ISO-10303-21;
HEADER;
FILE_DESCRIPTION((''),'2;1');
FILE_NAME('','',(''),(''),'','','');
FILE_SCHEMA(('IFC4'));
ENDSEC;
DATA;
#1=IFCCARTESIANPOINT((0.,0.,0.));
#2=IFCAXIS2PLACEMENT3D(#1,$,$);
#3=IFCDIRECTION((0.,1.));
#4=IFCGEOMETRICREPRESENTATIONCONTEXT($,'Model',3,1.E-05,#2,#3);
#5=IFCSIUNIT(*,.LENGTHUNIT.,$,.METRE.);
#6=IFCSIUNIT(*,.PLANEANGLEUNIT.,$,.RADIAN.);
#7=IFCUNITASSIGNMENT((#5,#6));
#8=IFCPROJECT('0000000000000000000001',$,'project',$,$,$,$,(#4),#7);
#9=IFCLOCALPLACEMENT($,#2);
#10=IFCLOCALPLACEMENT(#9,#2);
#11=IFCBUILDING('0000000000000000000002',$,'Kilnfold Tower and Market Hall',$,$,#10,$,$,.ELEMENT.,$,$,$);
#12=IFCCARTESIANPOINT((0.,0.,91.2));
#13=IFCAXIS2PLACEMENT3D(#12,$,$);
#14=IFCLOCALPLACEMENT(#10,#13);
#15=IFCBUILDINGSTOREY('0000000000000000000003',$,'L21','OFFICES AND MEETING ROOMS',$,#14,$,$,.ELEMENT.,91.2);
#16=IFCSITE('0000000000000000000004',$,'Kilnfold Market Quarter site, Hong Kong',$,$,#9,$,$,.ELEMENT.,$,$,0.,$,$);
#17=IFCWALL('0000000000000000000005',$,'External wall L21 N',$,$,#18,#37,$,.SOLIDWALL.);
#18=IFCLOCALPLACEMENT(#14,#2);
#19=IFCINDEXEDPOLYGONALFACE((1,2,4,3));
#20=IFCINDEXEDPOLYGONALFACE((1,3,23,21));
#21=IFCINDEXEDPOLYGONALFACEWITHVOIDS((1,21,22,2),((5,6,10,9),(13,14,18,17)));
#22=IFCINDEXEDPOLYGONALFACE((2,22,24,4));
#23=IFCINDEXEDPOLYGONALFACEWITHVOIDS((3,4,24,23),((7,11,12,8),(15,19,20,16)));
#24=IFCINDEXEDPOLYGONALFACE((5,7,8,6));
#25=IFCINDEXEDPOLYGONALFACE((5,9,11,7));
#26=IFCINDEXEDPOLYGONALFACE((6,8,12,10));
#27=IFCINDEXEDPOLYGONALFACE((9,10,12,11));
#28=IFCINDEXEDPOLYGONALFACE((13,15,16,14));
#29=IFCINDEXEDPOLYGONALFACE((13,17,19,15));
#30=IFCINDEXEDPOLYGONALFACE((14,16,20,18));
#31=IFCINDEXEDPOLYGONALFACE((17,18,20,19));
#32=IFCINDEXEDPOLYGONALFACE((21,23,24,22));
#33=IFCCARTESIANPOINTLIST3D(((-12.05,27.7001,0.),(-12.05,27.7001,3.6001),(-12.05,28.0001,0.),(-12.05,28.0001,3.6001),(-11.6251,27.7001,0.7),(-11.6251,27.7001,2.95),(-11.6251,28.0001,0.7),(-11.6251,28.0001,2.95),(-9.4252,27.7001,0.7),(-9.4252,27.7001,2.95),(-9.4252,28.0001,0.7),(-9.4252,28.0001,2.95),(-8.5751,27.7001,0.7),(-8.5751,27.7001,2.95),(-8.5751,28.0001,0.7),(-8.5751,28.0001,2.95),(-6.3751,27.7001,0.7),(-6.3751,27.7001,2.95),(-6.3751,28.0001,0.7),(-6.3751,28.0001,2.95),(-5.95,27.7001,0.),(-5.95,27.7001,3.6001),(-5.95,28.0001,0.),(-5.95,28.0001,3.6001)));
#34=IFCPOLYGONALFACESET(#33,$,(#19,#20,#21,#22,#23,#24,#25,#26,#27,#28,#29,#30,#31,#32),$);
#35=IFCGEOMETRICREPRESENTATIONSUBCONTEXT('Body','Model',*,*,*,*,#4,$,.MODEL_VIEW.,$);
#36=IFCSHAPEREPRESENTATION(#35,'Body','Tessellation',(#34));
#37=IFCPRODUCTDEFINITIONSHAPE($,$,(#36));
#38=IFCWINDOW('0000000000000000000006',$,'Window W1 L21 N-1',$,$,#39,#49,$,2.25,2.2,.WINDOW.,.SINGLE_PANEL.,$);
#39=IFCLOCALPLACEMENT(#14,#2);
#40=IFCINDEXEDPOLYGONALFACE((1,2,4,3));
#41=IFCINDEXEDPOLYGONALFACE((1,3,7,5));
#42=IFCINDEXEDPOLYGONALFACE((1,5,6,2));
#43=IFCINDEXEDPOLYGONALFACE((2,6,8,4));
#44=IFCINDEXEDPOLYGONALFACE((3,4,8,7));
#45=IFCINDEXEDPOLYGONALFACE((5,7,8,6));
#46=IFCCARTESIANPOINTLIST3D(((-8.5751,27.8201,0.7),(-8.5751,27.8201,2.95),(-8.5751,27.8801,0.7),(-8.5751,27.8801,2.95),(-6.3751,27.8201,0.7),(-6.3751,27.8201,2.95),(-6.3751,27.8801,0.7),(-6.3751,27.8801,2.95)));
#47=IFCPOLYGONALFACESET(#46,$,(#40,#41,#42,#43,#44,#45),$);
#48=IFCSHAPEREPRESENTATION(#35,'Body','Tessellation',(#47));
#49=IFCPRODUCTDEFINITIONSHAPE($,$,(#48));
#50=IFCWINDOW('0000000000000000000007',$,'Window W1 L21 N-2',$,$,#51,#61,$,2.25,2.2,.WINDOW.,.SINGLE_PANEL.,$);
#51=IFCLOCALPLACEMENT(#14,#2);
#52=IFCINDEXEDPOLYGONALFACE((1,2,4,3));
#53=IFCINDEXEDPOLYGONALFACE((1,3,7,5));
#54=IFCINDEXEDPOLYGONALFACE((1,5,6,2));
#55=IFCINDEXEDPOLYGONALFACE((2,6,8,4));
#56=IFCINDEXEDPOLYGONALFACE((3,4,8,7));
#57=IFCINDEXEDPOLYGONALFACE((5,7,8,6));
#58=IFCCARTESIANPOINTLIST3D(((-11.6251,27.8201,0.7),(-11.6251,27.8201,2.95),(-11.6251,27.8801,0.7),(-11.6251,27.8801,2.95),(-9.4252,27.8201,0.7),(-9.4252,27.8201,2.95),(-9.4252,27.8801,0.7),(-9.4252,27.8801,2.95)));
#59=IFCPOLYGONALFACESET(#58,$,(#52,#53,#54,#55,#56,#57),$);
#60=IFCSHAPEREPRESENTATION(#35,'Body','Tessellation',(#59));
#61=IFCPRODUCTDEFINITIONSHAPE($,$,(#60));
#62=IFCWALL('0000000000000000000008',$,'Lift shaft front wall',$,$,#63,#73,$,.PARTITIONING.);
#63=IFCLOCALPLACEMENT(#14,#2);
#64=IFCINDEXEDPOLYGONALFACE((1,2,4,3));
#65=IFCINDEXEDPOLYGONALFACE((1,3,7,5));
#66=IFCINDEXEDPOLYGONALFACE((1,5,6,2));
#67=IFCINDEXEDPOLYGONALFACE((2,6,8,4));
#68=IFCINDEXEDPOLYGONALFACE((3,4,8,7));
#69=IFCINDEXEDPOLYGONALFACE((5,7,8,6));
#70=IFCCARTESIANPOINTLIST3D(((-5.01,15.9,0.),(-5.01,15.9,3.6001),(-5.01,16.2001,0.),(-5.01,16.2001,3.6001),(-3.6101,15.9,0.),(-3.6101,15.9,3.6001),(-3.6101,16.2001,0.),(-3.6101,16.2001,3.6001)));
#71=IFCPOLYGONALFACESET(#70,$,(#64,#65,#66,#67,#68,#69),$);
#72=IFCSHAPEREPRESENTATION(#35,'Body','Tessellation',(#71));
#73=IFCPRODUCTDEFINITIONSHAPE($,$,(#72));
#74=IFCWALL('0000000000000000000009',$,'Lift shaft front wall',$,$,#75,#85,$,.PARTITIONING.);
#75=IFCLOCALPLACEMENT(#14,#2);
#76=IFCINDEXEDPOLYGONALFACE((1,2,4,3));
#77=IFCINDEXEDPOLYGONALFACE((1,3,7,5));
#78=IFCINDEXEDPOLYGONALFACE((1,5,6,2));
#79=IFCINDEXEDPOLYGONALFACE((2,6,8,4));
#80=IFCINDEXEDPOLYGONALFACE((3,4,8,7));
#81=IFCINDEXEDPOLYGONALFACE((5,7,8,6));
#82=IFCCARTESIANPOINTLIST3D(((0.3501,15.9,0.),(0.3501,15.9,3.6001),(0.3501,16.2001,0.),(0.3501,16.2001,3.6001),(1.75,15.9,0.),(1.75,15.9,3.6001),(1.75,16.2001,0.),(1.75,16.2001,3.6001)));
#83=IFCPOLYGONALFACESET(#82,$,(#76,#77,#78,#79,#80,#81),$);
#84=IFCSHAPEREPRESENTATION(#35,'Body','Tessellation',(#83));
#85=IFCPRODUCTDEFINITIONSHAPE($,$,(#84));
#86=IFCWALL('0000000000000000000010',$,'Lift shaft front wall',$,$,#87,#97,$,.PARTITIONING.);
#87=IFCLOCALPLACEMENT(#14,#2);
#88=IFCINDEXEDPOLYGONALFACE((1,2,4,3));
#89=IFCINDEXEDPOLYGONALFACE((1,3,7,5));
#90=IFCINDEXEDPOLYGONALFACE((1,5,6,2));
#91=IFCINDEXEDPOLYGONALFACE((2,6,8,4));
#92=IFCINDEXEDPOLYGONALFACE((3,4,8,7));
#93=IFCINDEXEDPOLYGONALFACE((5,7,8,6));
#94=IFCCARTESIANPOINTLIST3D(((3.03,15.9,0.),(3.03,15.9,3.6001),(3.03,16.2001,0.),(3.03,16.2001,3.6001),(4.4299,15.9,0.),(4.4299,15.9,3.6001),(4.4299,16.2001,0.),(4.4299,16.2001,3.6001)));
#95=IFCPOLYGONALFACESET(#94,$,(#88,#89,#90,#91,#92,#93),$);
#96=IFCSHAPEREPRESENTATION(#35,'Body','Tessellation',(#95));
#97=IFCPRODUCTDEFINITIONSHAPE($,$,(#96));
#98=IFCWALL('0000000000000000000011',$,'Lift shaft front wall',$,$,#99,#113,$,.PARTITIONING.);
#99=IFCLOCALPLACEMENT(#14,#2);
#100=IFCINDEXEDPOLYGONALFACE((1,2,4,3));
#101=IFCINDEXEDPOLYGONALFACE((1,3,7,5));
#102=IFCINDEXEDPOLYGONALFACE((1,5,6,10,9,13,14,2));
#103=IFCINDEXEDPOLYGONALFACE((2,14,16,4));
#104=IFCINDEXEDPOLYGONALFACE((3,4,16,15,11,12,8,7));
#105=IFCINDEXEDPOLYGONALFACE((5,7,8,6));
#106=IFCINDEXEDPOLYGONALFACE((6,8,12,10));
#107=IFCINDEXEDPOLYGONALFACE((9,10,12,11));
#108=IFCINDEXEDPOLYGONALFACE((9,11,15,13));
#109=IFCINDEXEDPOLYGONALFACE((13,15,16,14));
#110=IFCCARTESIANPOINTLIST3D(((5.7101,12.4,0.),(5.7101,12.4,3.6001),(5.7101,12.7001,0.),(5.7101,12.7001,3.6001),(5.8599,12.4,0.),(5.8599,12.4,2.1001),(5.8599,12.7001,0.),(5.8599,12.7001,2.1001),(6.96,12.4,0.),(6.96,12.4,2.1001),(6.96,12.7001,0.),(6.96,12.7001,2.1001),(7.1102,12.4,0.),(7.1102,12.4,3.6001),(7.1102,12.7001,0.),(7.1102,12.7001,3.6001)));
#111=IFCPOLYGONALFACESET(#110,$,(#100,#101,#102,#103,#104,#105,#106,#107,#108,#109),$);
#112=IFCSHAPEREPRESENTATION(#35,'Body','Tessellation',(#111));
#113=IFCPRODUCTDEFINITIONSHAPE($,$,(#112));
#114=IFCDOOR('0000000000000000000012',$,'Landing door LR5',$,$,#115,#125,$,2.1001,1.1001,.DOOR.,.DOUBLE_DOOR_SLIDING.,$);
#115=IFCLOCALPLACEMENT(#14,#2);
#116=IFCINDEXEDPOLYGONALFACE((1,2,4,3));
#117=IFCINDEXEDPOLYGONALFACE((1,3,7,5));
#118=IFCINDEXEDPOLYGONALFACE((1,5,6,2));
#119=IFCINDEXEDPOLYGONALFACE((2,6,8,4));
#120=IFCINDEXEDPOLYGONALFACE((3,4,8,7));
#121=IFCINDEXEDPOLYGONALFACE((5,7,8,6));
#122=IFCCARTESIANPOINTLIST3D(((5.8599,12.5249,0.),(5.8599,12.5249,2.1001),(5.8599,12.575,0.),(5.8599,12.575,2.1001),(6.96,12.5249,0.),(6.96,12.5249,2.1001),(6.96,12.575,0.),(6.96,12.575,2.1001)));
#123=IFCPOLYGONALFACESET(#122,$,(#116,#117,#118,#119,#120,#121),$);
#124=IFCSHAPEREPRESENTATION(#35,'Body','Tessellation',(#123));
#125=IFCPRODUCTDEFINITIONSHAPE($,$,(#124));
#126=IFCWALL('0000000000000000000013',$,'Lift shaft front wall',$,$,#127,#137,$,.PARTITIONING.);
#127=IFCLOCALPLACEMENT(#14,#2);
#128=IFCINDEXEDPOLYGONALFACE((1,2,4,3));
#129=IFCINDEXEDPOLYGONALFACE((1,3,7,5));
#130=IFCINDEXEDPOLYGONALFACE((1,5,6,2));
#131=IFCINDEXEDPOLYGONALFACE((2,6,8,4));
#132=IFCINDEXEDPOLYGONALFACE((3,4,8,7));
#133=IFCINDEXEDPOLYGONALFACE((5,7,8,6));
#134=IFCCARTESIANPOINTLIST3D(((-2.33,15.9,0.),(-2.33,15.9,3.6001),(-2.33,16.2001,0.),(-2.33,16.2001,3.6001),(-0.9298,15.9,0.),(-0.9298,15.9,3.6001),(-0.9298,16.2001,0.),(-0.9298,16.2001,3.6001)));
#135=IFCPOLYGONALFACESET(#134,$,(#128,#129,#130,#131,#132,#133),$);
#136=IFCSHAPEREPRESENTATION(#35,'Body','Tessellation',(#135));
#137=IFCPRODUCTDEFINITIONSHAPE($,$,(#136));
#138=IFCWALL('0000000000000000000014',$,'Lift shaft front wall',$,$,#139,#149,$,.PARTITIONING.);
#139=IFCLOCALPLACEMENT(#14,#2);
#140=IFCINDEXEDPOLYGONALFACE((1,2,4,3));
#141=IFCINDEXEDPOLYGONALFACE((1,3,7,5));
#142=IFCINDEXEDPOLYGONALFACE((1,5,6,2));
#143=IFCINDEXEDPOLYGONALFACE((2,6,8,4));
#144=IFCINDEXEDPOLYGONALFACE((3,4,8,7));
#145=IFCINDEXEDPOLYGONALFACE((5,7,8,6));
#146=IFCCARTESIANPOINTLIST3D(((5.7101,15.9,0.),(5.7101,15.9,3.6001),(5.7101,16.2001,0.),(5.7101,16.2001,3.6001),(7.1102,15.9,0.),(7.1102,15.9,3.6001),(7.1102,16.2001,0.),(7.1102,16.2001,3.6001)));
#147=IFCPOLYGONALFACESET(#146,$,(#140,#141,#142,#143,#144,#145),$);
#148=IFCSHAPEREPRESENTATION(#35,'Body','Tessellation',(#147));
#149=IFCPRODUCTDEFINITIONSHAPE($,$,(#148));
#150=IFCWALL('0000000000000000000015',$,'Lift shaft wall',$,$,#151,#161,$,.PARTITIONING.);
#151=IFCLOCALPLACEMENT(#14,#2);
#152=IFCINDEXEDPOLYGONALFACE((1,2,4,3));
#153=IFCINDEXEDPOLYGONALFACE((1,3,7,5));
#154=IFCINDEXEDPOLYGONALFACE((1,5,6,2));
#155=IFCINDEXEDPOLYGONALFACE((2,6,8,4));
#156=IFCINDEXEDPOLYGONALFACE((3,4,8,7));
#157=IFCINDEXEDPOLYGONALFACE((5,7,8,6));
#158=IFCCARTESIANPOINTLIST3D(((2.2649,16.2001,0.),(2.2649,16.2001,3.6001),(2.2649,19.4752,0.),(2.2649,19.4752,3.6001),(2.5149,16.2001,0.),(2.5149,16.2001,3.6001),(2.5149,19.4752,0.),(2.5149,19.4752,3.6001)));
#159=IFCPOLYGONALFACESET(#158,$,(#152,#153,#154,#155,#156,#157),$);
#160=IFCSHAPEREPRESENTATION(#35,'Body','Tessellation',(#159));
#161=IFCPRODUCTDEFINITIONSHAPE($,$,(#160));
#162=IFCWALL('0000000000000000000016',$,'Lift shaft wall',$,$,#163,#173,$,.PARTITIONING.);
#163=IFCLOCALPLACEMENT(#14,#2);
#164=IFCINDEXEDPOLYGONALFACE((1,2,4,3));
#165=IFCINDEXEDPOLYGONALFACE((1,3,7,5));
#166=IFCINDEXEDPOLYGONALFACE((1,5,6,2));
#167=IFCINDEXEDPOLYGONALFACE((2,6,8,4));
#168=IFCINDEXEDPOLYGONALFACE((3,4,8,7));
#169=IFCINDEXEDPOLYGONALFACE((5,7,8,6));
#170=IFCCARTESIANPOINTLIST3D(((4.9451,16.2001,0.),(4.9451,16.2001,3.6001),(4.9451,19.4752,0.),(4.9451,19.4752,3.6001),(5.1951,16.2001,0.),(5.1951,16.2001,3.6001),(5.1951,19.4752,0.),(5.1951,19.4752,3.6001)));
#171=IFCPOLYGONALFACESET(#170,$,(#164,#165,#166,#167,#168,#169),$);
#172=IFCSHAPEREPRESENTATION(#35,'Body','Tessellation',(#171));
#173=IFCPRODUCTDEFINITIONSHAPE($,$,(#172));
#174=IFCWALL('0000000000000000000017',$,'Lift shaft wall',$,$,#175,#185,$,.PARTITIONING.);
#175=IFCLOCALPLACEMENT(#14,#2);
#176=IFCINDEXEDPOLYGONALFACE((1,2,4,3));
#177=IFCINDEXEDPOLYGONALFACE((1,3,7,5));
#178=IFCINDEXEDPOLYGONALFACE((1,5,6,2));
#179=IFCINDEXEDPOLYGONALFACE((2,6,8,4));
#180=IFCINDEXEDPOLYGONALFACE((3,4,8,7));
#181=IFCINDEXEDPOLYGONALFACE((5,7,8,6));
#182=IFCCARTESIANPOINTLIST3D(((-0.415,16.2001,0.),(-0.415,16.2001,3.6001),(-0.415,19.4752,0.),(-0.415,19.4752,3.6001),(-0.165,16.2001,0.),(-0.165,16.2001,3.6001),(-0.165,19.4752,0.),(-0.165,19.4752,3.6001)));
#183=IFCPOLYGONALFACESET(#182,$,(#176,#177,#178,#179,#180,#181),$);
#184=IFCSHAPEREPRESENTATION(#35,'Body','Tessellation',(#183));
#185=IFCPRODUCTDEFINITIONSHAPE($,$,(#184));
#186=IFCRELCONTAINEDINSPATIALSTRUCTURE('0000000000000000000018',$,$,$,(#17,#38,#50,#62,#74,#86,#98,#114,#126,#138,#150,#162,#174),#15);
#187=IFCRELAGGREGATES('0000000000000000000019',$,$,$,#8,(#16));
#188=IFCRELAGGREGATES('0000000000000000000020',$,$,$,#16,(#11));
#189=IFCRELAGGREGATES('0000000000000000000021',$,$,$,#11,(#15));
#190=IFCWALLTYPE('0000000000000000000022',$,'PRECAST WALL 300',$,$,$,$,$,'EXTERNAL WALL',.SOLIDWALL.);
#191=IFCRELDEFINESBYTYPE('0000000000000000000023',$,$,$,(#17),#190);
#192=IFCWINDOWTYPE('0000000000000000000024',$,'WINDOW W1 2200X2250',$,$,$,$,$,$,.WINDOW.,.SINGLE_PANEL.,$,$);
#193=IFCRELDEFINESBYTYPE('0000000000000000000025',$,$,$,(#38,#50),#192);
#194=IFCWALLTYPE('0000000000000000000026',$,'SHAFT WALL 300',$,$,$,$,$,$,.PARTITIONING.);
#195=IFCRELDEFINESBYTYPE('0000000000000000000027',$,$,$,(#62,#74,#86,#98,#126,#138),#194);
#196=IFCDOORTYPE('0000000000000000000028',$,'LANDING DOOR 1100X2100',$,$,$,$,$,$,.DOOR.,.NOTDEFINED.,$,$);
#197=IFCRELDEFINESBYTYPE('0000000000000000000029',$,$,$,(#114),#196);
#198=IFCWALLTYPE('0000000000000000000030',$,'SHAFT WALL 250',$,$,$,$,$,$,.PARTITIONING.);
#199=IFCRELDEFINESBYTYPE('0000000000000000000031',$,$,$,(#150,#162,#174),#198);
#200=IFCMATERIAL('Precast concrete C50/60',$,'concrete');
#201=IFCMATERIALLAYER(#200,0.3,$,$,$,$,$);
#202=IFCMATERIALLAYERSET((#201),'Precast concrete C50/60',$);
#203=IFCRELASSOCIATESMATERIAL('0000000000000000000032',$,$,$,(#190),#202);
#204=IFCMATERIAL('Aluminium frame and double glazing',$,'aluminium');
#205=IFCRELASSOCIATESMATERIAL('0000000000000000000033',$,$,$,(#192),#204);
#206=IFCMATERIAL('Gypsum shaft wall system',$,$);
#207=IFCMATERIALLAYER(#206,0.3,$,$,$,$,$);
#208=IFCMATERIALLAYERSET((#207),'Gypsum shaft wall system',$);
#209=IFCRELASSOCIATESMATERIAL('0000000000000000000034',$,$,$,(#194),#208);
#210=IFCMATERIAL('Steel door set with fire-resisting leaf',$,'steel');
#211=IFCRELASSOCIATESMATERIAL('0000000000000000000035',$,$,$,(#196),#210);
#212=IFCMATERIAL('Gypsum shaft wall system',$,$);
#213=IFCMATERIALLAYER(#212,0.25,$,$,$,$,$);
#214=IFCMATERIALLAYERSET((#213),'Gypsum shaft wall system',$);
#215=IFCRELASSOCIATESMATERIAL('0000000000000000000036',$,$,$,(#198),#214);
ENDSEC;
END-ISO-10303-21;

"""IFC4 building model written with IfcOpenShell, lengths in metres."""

from ifc_helpers import new_model, si_unit, direction, frame, frame_2d, origin, place, context, subcontext, project, spatial, rectangle, extrude, source, transform, mapped, material, layer, layer_set, type_object, element, fill, save


model = new_model("IFC4")

# Units and contexts
model_context = context("Model", 3, precision=1e-05, world=origin(), true_north=direction((0.0, 1.0)))
body_context = subcontext(model_context, "Body", "Model", "MODEL_VIEW")
ifc_project = project(units=[si_unit("LENGTHUNIT", "METRE"), si_unit("PLANEANGLEUNIT", "RADIAN")], contexts=[model_context])

# Site, building, storey
site_placement = place(None, origin())
site = spatial("IfcSite", under=ifc_project, at=site_placement, Name="Kilnfold Market Quarter site, Hong Kong", CompositionType="ELEMENT", RefElevation=0.0)
building_placement = place(site_placement, origin())
building = spatial("IfcBuilding", under=site, at=building_placement, Name="Kilnfold Tower and Market Hall", CompositionType="ELEMENT")
storey_placement = place(building_placement, frame((0.0, 0.0, 91.2)))
storey = spatial("IfcBuildingStorey", under=building, at=storey_placement, Name="L21", Description="OFFICES AND MEETING ROOMS", CompositionType="ELEMENT", Elevation=91.2)

# Wall, openings, windows
ifc_material_1 = material(Name="Precast concrete C50/60", Category="concrete")
ifc_layer_1 = layer(ifc_material_1, 0.3)
ifc_layer_set_1 = layer_set([ifc_layer_1], Name="Precast concrete C50/60")
wall_type_1 = type_object("IfcWallType", Name="PRECAST WALL 300", ElementType="EXTERNAL WALL", PredefinedType="SOLIDWALL", material=ifc_layer_set_1)
shared_shape_1 = source(origin(), body_context, "Body", "SweptSolid", [
    extrude(rectangle(XDim=6.1001, YDim=0.3, at=frame_2d((3.05, 0.0))), origin(), (0.0, 0.0, 1.0), 3.6001),
])
ifc_material_2 = material(Name="Aluminium frame and double glazing", Category="aluminium")
window_type = type_object("IfcWindowType", Name="WINDOW W1 2200X2250", PartitioningType="SINGLE_PANEL", PredefinedType="WINDOW", material=ifc_material_2)
wall_1_placement = place(storey_placement, frame((-5.95, 27.8501, 0.0), z_axis=(0.0, 0.0, 1.0), x_axis=(-1.0, 0.0, 0.0)))
wall_1 = element("IfcWall", 1, at=wall_1_placement, inside=storey, type_object=wall_type_1, Name="External wall L21 N", PredefinedType="SOLIDWALL", context=body_context, shape_type="MappedRepresentation", body=[
    mapped(shared_shape_1, transform((0.0, 0.0, 0.0))),
])
opening_1_placement = place(wall_1_placement, frame((0.425, 0.0, 0.7)))
opening_1 = element("IfcOpeningElement", 2, at=opening_1_placement, cuts=wall_1, PredefinedType="OPENING", context=body_context, shape_type="SweptSolid", body=[
    extrude(rectangle(XDim=2.2, YDim=2.25, at=frame_2d((1.1001, 1.125))), frame((0.0, 0.1602, 0.0), z_axis=(0.0, -1.0, 0.0), x_axis=(1.0, 0.0, 0.0)), (0.0, 0.0, 1.0), 0.3201),
])
opening_2_placement = place(wall_1_placement, frame((3.4751, 0.0, 0.7)))
opening_2 = element("IfcOpeningElement", 3, at=opening_2_placement, cuts=wall_1, PredefinedType="OPENING", context=body_context, shape_type="SweptSolid", body=[
    extrude(rectangle(XDim=2.2, YDim=2.25, at=frame_2d((1.1001, 1.125))), frame((0.0, 0.1602, 0.0), z_axis=(0.0, -1.0, 0.0), x_axis=(1.0, 0.0, 0.0)), (0.0, 0.0, 1.0), 0.3201),
])
window_1_placement = place(opening_1_placement, origin())
window_1 = element("IfcWindow", 4, at=window_1_placement, inside=storey, type_object=window_type, Name="Window W1 L21 N-1", OverallHeight=2.25, OverallWidth=2.2, PartitioningType="SINGLE_PANEL", PredefinedType="WINDOW", context=body_context, shape_type="SweptSolid", body=[
    extrude(rectangle(XDim=2.2, YDim=2.25, at=frame_2d((1.1001, 1.125))), frame((0.0, 0.03, 0.0), z_axis=(0.0, -1.0, 0.0), x_axis=(1.0, 0.0, 0.0)), (0.0, 0.0, 1.0), 0.0601),
])
fill(opening_1, window_1)
window_2_placement = place(opening_2_placement, origin())
window_2 = element("IfcWindow", 5, at=window_2_placement, inside=storey, type_object=window_type, Name="Window W1 L21 N-2", OverallHeight=2.25, OverallWidth=2.2, PartitioningType="SINGLE_PANEL", PredefinedType="WINDOW", context=body_context, shape_type="SweptSolid", body=[
    extrude(rectangle(XDim=2.2, YDim=2.25, at=frame_2d((1.1001, 1.125))), frame((0.0, 0.03, 0.0), z_axis=(0.0, -1.0, 0.0), x_axis=(1.0, 0.0, 0.0)), (0.0, 0.0, 1.0), 0.0601),
])
fill(opening_2, window_2)

# Walls
ifc_material_3 = material(Name="Gypsum shaft wall system")
ifc_layer_2 = layer(ifc_material_3, 0.3)
ifc_layer_set_2 = layer_set([ifc_layer_2], Name="Gypsum shaft wall system")
wall_type_2 = type_object("IfcWallType", Name="SHAFT WALL 300", PredefinedType="PARTITIONING", material=ifc_layer_set_2)
shared_shape_2 = source(origin(), body_context, "Body", "SweptSolid", [
    extrude(rectangle(XDim=1.3999, YDim=0.3, at=frame_2d((0.7, 0.0))), origin(), (0.0, 0.0, 1.0), 3.6001),
])
for number, where, z_axis, x_axis, name in (
    (6, (-5.01, 16.05, 0.0), (0.0, 0.0, 1.0), (1.0, 0.0, 0.0), "Lift shaft front wall"),
    (7, (0.3501, 16.05, 0.0), (0.0, 0.0, 1.0), (1.0, 0.0, 0.0), "Lift shaft front wall"),
    (8, (3.03, 16.05, 0.0), (0.0, 0.0, 1.0), (1.0, 0.0, 0.0), "Lift shaft front wall"),
):
    element("IfcWall", number, at=place(storey_placement, frame(where, z_axis=z_axis, x_axis=x_axis)), inside=storey, type_object=wall_type_2, Name=name, PredefinedType="PARTITIONING", context=body_context, shape_type="MappedRepresentation", body=[
        mapped(shared_shape_2, transform((0.0, 0.0, 0.0))),
    ])

# Wall, opening, door
shared_shape_3 = source(origin(), body_context, "Body", "SweptSolid", [
    extrude(rectangle(XDim=1.4001, YDim=0.3, at=frame_2d((0.7002, 0.0))), origin(), (0.0, 0.0, 1.0), 3.6001),
])
wall_2_placement = place(storey_placement, frame((5.71, 12.55, 0.0), z_axis=(0.0, 0.0, 1.0), x_axis=(1.0, 0.0, 0.0)))
wall_2 = element("IfcWall", 9, at=wall_2_placement, inside=storey, type_object=wall_type_2, Name="Lift shaft front wall", PredefinedType="PARTITIONING", context=body_context, shape_type="MappedRepresentation", body=[
    mapped(shared_shape_3, transform((0.0, 0.0, 0.0))),
])
opening_3_placement = place(wall_2_placement, frame((0.1499, 0.0, 0.0)))
opening_3 = element("IfcOpeningElement", 10, at=opening_3_placement, cuts=wall_2, PredefinedType="OPENING", context=body_context, shape_type="SweptSolid", body=[
    extrude(rectangle(XDim=1.1001, YDim=2.1001, at=frame_2d((0.55, 1.05))), frame((0.0, 0.1602, 0.0), z_axis=(0.0, -1.0, 0.0), x_axis=(1.0, 0.0, 0.0)), (0.0, 0.0, 1.0), 0.3201),
])
ifc_material_4 = material(Name="Steel door set with fire-resisting leaf", Category="steel")
door_type = type_object("IfcDoorType", Name="LANDING DOOR 1100X2100", OperationType="NOTDEFINED", PredefinedType="DOOR", material=ifc_material_4)
door_placement = place(opening_3_placement, origin())
door = element("IfcDoor", 11, at=door_placement, inside=storey, type_object=door_type, Name="Landing door LR5", OperationType="DOUBLE_DOOR_SLIDING", OverallHeight=2.1001, OverallWidth=1.1001, PredefinedType="DOOR", context=body_context, shape_type="SweptSolid", body=[
    extrude(rectangle(XDim=1.1001, YDim=2.1001, at=frame_2d((0.55, 1.05))), frame((0.0, 0.0249, 0.0), z_axis=(0.0, -1.0, 0.0), x_axis=(1.0, 0.0, 0.0)), (0.0, 0.0, 1.0), 0.05),
])
fill(opening_3, door)

# Walls
for number, where, z_axis, x_axis, name in (
    (12, (-2.3301, 16.05, 0.0), (0.0, 0.0, 1.0), (1.0, 0.0, 0.0), "Lift shaft front wall"),
    (13, (5.71, 16.05, 0.0), (0.0, 0.0, 1.0), (1.0, 0.0, 0.0), "Lift shaft front wall"),
):
    element("IfcWall", number, at=place(storey_placement, frame(where, z_axis=z_axis, x_axis=x_axis)), inside=storey, type_object=wall_type_2, Name=name, PredefinedType="PARTITIONING", context=body_context, shape_type="MappedRepresentation", body=[
        mapped(shared_shape_3, transform((0.0, 0.0, 0.0))),
    ])
ifc_material_5 = material(Name="Gypsum shaft wall system")
ifc_layer_3 = layer(ifc_material_5, 0.25)
ifc_layer_set_3 = layer_set([ifc_layer_3], Name="Gypsum shaft wall system")
wall_type_3 = type_object("IfcWallType", Name="SHAFT WALL 250", PredefinedType="PARTITIONING", material=ifc_layer_set_3)
shared_shape_4 = source(origin(), body_context, "Body", "SweptSolid", [
    extrude(rectangle(XDim=3.2751, YDim=0.25, at=frame_2d((1.6377, 0.0))), origin(), (0.0, 0.0, 1.0), 3.6001),
])
for number, where, z_axis, x_axis, name in (
    (14, (2.3899, 16.2, 0.0), (0.0, 0.0, 1.0), (0.0, 1.0, 0.0), "Lift shaft wall"),
    (15, (5.0701, 16.2, 0.0), (0.0, 0.0, 1.0), (0.0, 1.0, 0.0), "Lift shaft wall"),
    (16, (-0.29, 16.2, 0.0), (0.0, 0.0, 1.0), (0.0, 1.0, 0.0), "Lift shaft wall"),
):
    element("IfcWall", number, at=place(storey_placement, frame(where, z_axis=z_axis, x_axis=x_axis)), inside=storey, type_object=wall_type_3, Name=name, PredefinedType="PARTITIONING", context=body_context, shape_type="MappedRepresentation", body=[
        mapped(shared_shape_4, transform((0.0, 0.0, 0.0))),
    ])

save(model, "model.ifc")
